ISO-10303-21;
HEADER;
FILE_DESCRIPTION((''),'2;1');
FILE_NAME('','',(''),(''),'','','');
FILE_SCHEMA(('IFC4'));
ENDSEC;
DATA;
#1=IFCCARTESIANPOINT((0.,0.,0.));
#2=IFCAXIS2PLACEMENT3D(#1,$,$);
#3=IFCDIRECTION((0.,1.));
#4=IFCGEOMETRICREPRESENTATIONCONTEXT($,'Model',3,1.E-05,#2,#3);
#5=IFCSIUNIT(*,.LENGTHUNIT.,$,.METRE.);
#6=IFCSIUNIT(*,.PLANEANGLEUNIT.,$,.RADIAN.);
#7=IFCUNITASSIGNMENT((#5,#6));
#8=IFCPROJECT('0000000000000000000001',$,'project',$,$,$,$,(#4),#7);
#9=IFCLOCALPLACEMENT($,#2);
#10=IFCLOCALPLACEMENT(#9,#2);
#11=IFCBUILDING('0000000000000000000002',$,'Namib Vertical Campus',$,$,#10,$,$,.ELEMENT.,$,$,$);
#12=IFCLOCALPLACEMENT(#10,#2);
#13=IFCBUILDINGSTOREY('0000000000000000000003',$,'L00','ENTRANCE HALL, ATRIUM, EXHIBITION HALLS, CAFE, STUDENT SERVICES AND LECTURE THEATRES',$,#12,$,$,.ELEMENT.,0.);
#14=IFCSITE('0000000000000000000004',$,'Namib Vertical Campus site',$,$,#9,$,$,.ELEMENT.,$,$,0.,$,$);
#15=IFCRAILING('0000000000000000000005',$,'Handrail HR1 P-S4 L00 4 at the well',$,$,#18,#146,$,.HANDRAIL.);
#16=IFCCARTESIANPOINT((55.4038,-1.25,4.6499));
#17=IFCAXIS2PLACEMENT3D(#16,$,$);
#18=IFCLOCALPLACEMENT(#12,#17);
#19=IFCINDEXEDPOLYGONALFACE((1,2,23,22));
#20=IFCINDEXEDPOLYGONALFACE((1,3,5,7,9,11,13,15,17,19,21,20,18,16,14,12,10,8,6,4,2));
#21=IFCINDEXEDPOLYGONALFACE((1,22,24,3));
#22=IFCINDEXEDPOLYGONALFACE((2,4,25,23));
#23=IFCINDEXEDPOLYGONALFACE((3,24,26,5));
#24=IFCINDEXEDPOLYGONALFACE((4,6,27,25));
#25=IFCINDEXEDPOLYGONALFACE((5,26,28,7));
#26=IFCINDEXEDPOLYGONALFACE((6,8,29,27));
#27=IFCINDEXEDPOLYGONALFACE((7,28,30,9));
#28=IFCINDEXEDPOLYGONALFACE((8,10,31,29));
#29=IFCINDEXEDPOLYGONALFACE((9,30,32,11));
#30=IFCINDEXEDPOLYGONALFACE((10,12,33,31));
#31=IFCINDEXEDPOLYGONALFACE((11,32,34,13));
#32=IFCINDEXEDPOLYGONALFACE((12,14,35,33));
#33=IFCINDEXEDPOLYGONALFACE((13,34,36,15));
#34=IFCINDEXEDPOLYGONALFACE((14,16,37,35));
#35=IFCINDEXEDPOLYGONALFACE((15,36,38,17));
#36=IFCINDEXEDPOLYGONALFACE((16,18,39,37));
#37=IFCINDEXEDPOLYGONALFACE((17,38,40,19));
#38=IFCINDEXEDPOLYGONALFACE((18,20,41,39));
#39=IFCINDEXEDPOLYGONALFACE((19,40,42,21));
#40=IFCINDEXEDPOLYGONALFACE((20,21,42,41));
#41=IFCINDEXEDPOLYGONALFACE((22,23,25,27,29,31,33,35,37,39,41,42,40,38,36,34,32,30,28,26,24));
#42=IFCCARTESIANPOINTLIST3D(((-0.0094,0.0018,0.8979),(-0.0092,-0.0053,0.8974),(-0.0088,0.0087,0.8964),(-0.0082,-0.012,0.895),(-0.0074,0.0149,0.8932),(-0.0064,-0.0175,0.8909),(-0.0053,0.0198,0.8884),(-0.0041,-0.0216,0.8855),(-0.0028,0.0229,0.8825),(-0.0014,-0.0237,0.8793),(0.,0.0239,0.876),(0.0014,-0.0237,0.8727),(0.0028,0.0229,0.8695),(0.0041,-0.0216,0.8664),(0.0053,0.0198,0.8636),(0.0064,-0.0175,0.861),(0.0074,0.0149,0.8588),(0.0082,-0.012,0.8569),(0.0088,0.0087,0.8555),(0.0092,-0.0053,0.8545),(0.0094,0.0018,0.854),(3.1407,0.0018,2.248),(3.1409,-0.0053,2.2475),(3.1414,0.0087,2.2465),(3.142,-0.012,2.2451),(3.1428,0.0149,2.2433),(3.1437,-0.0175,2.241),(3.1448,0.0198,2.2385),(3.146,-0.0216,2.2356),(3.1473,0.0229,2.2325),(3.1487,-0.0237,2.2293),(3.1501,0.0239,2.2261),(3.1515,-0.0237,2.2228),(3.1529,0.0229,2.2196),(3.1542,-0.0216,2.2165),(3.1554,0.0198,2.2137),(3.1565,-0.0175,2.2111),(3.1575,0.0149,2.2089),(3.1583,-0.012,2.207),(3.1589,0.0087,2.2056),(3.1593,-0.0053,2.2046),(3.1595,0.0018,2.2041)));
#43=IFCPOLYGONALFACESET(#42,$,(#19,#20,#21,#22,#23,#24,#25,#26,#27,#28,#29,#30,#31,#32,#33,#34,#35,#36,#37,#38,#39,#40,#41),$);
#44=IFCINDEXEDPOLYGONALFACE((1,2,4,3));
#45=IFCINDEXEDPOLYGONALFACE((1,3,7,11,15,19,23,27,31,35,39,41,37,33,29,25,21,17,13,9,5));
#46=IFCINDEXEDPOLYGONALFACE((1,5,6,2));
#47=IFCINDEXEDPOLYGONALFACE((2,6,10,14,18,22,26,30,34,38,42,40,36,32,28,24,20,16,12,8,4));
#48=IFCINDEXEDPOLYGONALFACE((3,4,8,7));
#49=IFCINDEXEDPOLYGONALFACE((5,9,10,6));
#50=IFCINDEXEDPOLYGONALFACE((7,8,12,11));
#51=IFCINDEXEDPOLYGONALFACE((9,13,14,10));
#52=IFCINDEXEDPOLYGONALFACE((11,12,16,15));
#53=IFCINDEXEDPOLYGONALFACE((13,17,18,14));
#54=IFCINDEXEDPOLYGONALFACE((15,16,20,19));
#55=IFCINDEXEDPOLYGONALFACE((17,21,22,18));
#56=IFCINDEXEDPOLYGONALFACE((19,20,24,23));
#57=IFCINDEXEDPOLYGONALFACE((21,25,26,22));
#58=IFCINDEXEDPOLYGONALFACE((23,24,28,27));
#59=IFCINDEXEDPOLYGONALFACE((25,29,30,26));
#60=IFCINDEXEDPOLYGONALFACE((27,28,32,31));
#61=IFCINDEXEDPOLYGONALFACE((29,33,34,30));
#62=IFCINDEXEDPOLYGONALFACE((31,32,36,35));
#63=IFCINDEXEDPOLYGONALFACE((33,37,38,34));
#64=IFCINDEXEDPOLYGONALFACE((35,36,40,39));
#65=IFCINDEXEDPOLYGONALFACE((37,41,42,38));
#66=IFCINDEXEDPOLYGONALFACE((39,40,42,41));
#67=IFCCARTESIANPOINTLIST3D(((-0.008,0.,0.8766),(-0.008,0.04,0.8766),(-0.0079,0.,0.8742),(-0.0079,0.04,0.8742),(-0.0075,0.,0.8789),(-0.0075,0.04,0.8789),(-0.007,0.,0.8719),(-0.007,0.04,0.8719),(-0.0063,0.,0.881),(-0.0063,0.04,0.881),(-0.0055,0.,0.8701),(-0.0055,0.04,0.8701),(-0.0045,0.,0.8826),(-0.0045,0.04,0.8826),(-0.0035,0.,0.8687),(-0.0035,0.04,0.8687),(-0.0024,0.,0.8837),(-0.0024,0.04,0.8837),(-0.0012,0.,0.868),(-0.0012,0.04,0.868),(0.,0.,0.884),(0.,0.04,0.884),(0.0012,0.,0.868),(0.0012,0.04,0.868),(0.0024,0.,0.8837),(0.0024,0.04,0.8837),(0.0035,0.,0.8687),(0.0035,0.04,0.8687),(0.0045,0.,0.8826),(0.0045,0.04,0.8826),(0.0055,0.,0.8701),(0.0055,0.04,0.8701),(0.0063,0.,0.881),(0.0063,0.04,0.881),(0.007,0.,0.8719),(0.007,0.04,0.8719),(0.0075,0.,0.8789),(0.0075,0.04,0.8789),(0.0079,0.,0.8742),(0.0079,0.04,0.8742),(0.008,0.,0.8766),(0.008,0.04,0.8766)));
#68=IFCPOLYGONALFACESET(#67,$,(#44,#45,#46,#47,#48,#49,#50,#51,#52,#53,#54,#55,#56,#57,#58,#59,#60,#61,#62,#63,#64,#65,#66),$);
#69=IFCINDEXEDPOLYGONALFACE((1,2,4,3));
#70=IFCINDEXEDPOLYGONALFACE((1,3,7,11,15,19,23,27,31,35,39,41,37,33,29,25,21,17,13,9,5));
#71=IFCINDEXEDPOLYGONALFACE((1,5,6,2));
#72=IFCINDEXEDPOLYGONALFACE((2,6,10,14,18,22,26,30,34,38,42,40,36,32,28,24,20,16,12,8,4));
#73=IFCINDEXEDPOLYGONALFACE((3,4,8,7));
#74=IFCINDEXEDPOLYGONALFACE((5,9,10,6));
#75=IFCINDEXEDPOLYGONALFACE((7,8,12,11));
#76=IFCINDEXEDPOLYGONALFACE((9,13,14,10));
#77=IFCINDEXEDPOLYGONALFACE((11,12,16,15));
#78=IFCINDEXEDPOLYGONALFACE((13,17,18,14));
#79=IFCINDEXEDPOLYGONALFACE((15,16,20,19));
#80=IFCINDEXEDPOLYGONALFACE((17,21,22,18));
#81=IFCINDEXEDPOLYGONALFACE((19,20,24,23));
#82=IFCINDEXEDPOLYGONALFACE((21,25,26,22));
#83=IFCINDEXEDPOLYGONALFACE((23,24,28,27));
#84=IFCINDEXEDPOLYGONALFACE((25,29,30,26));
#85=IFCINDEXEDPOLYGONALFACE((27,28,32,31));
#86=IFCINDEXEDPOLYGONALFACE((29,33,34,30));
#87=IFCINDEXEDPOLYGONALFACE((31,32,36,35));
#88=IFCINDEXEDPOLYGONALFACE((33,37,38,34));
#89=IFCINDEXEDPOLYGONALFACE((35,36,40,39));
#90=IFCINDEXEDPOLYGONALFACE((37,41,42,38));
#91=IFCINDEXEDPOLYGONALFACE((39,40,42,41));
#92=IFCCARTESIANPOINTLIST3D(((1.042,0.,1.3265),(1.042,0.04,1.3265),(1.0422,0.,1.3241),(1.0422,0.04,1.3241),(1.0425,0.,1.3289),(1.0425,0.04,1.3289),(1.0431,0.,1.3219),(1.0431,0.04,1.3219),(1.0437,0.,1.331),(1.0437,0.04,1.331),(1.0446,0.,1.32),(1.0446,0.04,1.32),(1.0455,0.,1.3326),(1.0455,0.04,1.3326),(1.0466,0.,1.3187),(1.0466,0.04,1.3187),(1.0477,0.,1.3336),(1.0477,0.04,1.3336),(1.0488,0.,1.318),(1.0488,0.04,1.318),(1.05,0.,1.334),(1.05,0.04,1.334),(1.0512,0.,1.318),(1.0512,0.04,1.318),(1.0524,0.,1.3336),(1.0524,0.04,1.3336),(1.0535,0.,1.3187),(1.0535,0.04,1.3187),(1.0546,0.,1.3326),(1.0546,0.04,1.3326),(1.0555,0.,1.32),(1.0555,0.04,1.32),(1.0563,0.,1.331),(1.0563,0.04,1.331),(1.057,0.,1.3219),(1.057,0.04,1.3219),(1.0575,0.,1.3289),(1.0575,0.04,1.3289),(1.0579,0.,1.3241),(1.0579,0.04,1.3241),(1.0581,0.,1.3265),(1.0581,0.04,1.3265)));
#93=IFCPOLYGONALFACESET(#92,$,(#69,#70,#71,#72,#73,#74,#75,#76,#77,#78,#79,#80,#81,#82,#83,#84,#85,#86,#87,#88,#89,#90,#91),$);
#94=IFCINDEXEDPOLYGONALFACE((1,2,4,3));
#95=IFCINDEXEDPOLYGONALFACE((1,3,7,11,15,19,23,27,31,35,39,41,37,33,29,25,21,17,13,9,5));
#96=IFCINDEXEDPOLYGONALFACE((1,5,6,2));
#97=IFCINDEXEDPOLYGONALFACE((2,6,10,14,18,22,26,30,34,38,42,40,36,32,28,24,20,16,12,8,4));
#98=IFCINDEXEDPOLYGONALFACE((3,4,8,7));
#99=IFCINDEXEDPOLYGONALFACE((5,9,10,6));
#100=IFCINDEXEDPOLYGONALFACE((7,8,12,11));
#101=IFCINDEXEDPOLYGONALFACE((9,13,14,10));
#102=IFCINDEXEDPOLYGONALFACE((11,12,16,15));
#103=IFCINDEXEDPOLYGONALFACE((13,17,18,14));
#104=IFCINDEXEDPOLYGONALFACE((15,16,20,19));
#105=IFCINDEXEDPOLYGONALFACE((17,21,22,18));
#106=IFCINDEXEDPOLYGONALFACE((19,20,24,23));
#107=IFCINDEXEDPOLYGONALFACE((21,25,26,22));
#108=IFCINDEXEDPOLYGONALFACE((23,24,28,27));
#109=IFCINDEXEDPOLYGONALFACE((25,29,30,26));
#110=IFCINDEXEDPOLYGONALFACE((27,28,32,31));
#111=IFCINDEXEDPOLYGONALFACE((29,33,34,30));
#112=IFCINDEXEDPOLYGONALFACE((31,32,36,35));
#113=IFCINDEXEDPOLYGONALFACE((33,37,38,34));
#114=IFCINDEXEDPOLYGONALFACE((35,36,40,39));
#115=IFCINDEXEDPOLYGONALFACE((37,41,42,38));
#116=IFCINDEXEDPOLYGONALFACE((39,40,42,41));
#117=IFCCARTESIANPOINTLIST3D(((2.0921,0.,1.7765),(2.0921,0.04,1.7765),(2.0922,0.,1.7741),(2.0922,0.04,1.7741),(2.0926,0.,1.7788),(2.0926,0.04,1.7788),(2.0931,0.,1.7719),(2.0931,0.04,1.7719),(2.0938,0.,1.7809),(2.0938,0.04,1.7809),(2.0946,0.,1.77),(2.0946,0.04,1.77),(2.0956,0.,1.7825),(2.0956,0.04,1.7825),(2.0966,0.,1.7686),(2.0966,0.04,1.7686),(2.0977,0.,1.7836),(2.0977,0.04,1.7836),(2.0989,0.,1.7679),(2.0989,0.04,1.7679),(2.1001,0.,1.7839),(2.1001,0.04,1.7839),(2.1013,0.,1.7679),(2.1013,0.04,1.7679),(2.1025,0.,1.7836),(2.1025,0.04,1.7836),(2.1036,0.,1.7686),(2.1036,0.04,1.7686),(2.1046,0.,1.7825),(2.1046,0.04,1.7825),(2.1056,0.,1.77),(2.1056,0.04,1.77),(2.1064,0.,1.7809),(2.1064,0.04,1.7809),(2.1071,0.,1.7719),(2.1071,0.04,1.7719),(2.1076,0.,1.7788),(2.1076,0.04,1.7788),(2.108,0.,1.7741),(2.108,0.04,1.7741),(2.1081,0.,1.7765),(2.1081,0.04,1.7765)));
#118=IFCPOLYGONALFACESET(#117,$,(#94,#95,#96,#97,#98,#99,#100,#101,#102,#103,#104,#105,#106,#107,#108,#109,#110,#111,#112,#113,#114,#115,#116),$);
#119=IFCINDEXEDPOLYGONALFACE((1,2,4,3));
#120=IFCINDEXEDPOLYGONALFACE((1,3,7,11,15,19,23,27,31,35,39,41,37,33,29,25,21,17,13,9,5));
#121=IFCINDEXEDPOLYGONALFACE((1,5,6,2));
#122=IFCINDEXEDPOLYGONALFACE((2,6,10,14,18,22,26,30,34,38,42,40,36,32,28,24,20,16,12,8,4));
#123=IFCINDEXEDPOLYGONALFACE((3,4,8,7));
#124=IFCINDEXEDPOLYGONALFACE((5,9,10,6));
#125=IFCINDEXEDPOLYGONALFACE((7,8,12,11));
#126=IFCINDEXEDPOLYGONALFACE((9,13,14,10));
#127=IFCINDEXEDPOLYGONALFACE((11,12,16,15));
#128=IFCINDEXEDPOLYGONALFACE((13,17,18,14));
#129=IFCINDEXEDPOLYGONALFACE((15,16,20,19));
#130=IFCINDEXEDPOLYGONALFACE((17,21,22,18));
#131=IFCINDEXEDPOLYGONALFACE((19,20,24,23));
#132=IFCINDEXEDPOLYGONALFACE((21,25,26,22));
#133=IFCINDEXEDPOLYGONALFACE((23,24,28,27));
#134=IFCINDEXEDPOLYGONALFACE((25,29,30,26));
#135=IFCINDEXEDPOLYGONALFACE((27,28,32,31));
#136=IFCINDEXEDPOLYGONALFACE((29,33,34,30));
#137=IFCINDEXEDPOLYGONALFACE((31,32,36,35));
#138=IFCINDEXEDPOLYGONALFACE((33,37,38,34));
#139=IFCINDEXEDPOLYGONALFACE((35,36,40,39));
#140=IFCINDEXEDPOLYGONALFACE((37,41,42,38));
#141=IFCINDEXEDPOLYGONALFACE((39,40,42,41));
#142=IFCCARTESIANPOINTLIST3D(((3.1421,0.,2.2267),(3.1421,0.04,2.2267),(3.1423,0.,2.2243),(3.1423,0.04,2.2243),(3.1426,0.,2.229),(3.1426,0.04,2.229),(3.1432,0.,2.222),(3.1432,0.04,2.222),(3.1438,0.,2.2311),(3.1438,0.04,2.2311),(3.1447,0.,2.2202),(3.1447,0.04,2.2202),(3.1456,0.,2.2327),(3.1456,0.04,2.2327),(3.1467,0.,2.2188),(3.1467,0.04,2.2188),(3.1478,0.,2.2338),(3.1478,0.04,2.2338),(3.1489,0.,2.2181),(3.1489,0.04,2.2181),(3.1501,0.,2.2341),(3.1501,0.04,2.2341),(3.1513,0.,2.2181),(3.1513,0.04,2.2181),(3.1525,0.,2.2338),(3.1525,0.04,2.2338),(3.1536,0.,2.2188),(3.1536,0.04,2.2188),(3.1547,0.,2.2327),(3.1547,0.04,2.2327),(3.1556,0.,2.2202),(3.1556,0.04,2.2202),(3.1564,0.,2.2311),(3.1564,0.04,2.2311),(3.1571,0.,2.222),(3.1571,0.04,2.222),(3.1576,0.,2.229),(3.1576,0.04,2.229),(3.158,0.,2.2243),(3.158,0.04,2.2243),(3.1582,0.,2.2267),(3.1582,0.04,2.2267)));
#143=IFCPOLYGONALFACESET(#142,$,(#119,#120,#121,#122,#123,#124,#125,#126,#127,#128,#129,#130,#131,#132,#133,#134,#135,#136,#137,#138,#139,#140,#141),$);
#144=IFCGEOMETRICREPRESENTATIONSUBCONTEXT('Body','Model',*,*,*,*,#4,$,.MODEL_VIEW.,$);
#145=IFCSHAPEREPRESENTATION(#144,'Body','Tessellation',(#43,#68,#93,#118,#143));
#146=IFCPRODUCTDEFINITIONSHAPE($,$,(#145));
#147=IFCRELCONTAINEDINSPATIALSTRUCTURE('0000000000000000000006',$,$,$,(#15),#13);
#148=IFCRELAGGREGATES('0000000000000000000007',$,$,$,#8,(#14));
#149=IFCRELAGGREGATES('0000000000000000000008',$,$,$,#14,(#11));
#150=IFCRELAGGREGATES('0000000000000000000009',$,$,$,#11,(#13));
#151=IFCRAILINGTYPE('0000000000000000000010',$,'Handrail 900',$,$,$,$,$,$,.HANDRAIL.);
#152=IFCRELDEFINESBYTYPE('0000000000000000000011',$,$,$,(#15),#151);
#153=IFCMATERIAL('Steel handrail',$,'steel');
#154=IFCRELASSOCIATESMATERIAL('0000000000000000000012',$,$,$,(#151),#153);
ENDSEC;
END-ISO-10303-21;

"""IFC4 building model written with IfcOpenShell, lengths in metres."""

from ifc_helpers import new_model, si_unit, direction, frame, origin, origin_2d, place, context, subcontext, project, spatial, circle, extrude, material, type_object, element, save


model = new_model("IFC4")

# Units and contexts
model_context = context("Model", 3, precision=1e-05, world=origin(), true_north=direction((0.0, 1.0)))
body_context = subcontext(model_context, "Body", "Model", "MODEL_VIEW")
ifc_project = project(units=[si_unit("LENGTHUNIT", "METRE"), si_unit("PLANEANGLEUNIT", "RADIAN")], contexts=[model_context])

# Site, building, storey
site_placement = place(None, origin())
site = spatial("IfcSite", under=ifc_project, at=site_placement, Name="Namib Vertical Campus site", CompositionType="ELEMENT", RefElevation=0.0)
building_placement = place(site_placement, origin())
building = spatial("IfcBuilding", under=site, at=building_placement, Name="Namib Vertical Campus", CompositionType="ELEMENT")
storey_placement = place(building_placement, origin())
storey = spatial("IfcBuildingStorey", under=building, at=storey_placement, Name="L00", Description="ENTRANCE HALL, ATRIUM, EXHIBITION HALLS, CAFE, STUDENT SERVICES AND LECTURE THEATRES", CompositionType="ELEMENT", Elevation=0.0)

# Railing
ifc_material_1 = material(Name="Steel handrail", Category="steel")
railing_type_1 = type_object("IfcRailingType", Name="Handrail 900", PredefinedType="HANDRAIL", material=ifc_material_1)
railing_1_placement = place(storey_placement, frame((55.4038, -1.25, 4.6499)))
element("IfcRailing", 1, at=railing_1_placement, inside=storey, type_object=railing_type_1, Name="Handrail HR1 P-S4 L00 4 at the well", PredefinedType="HANDRAIL", context=body_context, shape_type="SweptSolid", body=[
    extrude(circle(Radius=0.0239, at=origin_2d()), frame((0.0, 0.0, 0.876), z_axis=(0.919141, 0.0, 0.393928), x_axis=(0.0, 1.0, 0.0)), (0.0, 0.0, 1.0), 3.4272),
    extrude(circle(Radius=0.0081, at=origin_2d()), frame((0.0, 0.0, 0.876), z_axis=(0.0, 1.0, 0.0), x_axis=(0.0, 0.0, 1.0)), (0.0, 0.0, 1.0), 0.04),
    extrude(circle(Radius=0.0081, at=origin_2d()), frame((1.05, 0.0, 1.3259), z_axis=(0.0, 1.0, 0.0), x_axis=(0.0, 0.0, 1.0)), (0.0, 0.0, 1.0), 0.04),
    extrude(circle(Radius=0.0081, at=origin_2d()), frame((2.1001, 0.0, 1.7759), z_axis=(0.0, 1.0, 0.0), x_axis=(0.0, 0.0, 1.0)), (0.0, 0.0, 1.0), 0.04),
    extrude(circle(Radius=0.0081, at=origin_2d()), frame((3.1501, 0.0, 2.2261), z_axis=(0.0, 1.0, 0.0), x_axis=(0.0, 0.0, 1.0)), (0.0, 0.0, 1.0), 0.04),
])

save(model, "model.ifc")
